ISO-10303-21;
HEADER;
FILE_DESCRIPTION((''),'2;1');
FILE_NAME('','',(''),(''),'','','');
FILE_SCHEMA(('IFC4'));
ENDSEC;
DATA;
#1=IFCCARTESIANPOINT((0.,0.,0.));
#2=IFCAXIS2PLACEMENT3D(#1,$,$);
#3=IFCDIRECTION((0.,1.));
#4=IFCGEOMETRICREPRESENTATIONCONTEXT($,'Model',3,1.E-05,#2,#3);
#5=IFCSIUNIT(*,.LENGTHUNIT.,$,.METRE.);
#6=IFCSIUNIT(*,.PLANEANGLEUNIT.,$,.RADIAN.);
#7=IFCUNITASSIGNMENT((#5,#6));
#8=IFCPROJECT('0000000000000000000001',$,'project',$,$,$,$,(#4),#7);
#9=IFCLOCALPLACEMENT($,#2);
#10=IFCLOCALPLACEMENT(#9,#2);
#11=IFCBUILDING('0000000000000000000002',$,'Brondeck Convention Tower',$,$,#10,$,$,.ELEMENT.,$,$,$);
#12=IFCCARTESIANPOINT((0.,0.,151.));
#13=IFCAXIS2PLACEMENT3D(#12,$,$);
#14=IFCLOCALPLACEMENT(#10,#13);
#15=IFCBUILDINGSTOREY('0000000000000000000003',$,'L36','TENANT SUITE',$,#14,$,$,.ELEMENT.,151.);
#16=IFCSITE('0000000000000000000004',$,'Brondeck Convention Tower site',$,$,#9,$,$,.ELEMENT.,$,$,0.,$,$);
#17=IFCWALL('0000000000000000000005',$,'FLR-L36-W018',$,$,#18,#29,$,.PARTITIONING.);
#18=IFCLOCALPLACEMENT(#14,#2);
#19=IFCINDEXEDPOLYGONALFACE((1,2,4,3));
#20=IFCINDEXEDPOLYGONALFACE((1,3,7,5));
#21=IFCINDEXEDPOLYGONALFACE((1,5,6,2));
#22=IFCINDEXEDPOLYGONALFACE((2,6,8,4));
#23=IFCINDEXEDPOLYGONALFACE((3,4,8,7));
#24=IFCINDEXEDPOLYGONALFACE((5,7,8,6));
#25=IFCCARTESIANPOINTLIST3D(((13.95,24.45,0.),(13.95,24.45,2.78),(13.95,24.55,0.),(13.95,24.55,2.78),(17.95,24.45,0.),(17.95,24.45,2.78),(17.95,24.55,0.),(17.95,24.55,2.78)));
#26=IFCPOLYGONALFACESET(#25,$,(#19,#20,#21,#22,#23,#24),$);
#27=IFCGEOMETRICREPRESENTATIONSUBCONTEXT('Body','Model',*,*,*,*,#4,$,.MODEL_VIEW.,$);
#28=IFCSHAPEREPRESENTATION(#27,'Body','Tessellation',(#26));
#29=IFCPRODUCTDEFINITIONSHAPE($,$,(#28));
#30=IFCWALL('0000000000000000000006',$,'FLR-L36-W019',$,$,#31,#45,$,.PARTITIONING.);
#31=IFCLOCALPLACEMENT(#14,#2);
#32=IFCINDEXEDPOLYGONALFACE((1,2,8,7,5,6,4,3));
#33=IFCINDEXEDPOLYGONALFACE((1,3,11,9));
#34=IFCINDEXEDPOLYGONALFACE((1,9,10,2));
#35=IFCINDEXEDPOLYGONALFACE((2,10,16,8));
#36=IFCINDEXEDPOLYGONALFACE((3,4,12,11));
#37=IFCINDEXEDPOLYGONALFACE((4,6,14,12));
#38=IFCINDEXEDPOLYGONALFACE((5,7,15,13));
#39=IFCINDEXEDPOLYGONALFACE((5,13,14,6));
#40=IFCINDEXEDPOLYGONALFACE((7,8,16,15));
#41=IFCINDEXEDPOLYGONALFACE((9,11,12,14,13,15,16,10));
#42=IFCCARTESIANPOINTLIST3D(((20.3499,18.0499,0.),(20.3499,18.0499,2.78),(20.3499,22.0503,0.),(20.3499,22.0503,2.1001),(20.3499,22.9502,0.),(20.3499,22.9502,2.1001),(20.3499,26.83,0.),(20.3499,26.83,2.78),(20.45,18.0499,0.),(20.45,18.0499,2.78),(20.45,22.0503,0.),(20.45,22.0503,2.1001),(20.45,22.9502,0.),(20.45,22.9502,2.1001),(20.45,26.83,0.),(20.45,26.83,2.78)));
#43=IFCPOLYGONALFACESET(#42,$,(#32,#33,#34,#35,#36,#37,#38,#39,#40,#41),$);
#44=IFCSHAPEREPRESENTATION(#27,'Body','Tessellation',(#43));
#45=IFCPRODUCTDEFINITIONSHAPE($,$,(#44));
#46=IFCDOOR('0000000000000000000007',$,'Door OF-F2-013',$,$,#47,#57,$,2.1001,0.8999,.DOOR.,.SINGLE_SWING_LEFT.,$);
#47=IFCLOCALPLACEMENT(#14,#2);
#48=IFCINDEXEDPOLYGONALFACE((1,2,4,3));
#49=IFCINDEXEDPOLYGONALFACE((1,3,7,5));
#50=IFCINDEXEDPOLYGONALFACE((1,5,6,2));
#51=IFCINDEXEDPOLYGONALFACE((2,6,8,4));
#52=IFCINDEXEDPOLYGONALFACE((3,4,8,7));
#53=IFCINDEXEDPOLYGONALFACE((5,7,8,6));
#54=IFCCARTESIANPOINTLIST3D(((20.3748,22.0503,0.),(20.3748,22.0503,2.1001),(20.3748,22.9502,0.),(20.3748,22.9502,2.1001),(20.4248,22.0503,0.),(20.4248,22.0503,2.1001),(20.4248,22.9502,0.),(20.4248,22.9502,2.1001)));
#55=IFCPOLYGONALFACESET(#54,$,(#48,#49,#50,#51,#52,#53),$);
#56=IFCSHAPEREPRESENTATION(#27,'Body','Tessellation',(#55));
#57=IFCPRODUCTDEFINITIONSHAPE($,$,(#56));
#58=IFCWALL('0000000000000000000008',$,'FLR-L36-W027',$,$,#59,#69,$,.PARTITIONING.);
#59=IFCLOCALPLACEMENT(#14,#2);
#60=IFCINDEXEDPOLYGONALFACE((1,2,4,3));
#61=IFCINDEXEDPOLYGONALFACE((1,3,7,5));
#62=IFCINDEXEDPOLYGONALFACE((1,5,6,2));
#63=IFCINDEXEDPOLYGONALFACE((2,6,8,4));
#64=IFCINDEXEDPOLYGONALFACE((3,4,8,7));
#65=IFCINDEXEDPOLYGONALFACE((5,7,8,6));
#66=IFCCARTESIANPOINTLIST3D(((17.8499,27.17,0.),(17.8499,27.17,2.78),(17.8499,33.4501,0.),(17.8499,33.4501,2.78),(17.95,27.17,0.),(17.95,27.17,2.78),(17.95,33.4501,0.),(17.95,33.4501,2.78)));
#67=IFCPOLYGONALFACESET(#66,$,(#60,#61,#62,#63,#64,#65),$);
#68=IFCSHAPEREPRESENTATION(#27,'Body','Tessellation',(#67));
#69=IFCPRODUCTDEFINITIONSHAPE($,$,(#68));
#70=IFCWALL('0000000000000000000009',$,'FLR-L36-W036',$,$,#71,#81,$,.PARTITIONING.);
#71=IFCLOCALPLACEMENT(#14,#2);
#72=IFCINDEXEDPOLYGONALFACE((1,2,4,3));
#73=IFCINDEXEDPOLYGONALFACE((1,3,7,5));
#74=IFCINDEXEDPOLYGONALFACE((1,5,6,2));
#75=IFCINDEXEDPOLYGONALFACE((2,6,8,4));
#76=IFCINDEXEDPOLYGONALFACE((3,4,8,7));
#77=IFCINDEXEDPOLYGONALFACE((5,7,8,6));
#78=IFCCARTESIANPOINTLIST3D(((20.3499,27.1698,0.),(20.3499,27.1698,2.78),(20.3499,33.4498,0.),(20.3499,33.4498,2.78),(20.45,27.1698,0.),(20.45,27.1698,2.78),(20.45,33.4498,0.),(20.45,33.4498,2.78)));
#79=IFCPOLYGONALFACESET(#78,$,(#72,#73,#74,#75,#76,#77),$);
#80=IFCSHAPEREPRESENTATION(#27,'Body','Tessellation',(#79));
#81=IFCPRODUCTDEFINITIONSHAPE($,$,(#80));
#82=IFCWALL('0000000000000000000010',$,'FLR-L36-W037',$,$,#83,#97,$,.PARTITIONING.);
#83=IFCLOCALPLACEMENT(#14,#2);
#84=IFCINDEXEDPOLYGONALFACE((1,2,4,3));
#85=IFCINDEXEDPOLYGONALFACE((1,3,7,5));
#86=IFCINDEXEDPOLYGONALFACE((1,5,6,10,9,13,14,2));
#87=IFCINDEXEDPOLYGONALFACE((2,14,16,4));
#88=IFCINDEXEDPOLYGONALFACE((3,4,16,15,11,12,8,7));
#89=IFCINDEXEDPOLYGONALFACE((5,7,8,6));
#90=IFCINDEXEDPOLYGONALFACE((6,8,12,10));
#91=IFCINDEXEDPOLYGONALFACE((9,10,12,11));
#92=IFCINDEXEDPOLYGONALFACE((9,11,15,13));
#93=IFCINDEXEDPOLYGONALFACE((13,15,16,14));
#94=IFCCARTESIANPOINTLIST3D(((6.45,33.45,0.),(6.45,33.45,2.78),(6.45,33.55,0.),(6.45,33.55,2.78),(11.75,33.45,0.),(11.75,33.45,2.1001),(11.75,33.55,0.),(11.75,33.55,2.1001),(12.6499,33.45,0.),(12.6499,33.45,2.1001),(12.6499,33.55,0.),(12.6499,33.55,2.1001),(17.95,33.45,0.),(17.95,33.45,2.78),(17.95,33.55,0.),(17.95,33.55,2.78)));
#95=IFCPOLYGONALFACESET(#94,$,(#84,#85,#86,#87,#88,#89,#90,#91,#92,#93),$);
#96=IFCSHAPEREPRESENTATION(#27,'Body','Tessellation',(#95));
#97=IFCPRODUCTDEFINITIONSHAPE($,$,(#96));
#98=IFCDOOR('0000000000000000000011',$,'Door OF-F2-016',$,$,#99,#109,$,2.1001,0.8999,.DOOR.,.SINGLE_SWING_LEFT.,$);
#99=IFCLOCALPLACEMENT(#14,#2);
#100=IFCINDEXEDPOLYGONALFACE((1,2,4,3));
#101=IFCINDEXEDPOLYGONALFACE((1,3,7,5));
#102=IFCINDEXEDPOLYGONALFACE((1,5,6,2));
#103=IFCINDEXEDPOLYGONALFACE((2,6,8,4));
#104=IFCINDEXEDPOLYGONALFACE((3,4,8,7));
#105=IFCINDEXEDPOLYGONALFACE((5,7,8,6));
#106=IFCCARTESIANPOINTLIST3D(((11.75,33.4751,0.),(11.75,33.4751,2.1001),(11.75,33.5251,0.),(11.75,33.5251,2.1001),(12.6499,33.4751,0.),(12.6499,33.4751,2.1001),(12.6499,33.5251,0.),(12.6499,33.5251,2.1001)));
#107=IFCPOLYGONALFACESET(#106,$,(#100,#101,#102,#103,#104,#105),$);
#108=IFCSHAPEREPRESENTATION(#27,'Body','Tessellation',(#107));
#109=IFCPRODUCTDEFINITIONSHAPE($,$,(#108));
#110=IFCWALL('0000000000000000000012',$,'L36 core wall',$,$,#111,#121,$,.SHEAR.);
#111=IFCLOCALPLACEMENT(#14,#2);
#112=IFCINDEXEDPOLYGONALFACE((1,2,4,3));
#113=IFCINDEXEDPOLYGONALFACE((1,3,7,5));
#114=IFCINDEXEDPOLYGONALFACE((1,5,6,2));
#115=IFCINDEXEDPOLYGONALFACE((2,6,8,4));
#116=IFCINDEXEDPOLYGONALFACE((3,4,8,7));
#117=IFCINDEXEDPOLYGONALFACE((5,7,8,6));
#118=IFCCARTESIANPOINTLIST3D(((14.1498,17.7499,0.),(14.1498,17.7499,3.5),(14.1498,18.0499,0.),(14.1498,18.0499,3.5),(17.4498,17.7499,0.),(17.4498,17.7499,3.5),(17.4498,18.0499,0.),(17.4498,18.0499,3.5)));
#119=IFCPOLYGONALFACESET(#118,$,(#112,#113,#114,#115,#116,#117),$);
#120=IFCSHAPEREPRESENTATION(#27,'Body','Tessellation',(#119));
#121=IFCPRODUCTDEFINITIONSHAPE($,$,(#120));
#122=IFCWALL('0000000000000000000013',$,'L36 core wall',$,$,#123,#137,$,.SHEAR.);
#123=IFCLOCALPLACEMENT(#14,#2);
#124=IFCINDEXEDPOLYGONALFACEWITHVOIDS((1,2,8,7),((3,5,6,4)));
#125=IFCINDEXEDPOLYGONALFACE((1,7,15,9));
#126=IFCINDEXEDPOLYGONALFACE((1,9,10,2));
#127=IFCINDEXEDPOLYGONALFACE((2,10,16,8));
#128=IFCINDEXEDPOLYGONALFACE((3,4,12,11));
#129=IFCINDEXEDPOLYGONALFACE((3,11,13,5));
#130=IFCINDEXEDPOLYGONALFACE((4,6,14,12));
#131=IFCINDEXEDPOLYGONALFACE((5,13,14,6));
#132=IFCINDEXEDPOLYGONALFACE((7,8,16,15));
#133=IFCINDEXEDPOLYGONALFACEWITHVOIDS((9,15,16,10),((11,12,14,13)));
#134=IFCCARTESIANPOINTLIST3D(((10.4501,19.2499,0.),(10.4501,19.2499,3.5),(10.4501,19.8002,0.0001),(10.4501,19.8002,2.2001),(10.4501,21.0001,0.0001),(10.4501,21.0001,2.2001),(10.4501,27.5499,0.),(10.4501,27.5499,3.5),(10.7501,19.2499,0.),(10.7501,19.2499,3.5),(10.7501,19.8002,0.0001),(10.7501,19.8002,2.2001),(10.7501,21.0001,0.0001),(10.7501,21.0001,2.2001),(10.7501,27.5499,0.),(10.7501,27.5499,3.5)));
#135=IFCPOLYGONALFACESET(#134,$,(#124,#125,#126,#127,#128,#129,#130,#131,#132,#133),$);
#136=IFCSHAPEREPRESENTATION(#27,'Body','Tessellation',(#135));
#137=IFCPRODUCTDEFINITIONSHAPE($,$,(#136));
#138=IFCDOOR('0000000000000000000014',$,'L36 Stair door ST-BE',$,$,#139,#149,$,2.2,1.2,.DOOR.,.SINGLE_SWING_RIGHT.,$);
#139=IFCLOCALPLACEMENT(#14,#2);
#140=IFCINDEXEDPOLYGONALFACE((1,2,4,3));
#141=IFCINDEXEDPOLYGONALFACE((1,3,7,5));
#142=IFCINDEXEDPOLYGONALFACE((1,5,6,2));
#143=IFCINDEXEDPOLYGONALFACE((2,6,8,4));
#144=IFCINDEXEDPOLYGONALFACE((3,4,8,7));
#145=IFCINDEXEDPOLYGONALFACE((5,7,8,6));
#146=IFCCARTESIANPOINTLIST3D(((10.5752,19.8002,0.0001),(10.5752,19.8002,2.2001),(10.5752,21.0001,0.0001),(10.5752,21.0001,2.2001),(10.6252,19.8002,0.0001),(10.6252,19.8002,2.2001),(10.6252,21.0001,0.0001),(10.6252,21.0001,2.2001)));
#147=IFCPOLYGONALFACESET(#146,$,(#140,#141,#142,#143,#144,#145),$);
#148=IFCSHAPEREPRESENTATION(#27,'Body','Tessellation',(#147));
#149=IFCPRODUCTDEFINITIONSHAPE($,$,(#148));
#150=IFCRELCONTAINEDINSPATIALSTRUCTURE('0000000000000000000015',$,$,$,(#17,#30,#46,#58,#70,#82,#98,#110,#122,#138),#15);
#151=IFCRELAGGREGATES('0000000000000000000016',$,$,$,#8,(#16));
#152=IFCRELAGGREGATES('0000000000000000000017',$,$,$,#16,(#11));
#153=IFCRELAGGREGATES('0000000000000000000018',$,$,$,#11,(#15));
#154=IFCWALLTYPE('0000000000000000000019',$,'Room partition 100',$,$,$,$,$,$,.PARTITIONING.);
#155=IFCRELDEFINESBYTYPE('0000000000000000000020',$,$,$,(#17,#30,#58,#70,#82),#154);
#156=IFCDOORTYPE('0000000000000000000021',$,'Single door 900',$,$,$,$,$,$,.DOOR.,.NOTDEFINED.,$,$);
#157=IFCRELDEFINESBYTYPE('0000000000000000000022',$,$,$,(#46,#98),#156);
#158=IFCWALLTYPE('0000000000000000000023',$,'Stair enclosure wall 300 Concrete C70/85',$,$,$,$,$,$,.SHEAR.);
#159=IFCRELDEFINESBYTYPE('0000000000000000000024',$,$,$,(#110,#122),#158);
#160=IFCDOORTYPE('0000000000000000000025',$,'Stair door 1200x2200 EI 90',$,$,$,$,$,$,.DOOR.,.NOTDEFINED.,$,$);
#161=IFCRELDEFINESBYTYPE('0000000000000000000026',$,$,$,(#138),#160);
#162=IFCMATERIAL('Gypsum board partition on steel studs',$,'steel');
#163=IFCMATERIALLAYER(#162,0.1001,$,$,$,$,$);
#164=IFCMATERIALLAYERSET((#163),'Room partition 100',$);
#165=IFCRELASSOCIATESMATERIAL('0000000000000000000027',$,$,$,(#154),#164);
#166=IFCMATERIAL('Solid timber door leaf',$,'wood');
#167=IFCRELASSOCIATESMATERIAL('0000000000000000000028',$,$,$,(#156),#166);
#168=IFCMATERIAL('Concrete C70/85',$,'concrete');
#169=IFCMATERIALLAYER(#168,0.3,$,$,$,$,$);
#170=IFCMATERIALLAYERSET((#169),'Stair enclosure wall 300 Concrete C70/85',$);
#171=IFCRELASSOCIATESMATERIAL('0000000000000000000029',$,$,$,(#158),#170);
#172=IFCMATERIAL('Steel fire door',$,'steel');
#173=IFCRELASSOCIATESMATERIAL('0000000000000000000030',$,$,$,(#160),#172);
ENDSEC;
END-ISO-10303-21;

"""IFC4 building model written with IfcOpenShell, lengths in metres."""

from ifc_helpers import new_model, si_unit, direction, frame, frame_2d, origin, place, context, subcontext, project, spatial, rectangle, extrude, material, layer, layer_set, type_object, element, fill, save


model = new_model("IFC4")

# Units and contexts
model_context = context("Model", 3, precision=1e-05, world=origin(), true_north=direction((0.0, 1.0)))
body_context = subcontext(model_context, "Body", "Model", "MODEL_VIEW")
ifc_project = project(units=[si_unit("LENGTHUNIT", "METRE"), si_unit("PLANEANGLEUNIT", "RADIAN")], contexts=[model_context])

# Site, building, storey
site_placement = place(None, origin())
site = spatial("IfcSite", under=ifc_project, at=site_placement, Name="Brondeck Convention Tower site", CompositionType="ELEMENT", RefElevation=0.0)
building_placement = place(site_placement, origin())
building = spatial("IfcBuilding", under=site, at=building_placement, Name="Brondeck Convention Tower", CompositionType="ELEMENT")
storey_placement = place(building_placement, frame((0.0, 0.0, 151.0)))
storey = spatial("IfcBuildingStorey", under=building, at=storey_placement, Name="L36", Description="TENANT SUITE", CompositionType="ELEMENT", Elevation=151.0)

# Shared definitions
ifc_material_1 = material(Name="Concrete C70/85", Category="concrete")

# Shared definitions
ifc_material_2 = material(Name="Gypsum board partition on steel studs", Category="steel")
ifc_layer_1 = layer(ifc_material_2, 0.1001)
ifc_layer_set_1 = layer_set([ifc_layer_1], Name="Room partition 100")
wall_type_1 = type_object("IfcWallType", Name="Room partition 100", PredefinedType="PARTITIONING", material=ifc_layer_set_1)

# Shared definitions
ifc_material_3 = material(Name="Solid timber door leaf", Category="wood")
door_type_1 = type_object("IfcDoorType", Name="Single door 900", OperationType="NOTDEFINED", PredefinedType="DOOR", material=ifc_material_3)

# Wall
wall_1_placement = place(storey_placement, frame((17.95, 24.5, 0.0), z_axis=(0.0, 0.0, 1.0), x_axis=(-1.0, 0.0, 0.0)))
element("IfcWall", 1, at=wall_1_placement, inside=storey, type_object=wall_type_1, Name="FLR-L36-W018", PredefinedType="PARTITIONING", context=body_context, shape_type="SweptSolid", body=[
    extrude(rectangle(XDim=4.0, YDim=0.1001, at=frame_2d((2.0, 0.0))), origin(), (0.0, 0.0, 1.0), 2.78),
])

# Wall, opening, door
wall_2_placement = place(storey_placement, frame((20.3999, 26.8301, 0.0), z_axis=(0.0, 0.0, 1.0), x_axis=(0.0, -1.0, 0.0)))
wall_2 = element("IfcWall", 2, at=wall_2_placement, inside=storey, type_object=wall_type_1, Name="FLR-L36-W019", PredefinedType="PARTITIONING", context=body_context, shape_type="SweptSolid", body=[
    extrude(rectangle(XDim=8.78, YDim=0.1001, at=frame_2d((4.3901, 0.0))), origin(), (0.0, 0.0, 1.0), 2.78),
])
opening_1_placement = place(wall_2_placement, frame((3.8799, 0.0, 0.0)))
opening_1 = element("IfcOpeningElement", 3, at=opening_1_placement, cuts=wall_2, PredefinedType="OPENING", context=body_context, shape_type="SweptSolid", body=[
    extrude(rectangle(XDim=0.8999, YDim=2.1001, at=frame_2d((0.45, 1.05))), frame((0.0, 0.0601, 0.0), z_axis=(0.0, -1.0, 0.0), x_axis=(1.0, 0.0, 0.0)), (0.0, 0.0, 1.0), 0.1201),
])
door_1_placement = place(opening_1_placement, origin())
door_1 = element("IfcDoor", 4, at=door_1_placement, inside=storey, type_object=door_type_1, Name="Door OF-F2-013", OperationType="SINGLE_SWING_LEFT", OverallHeight=2.1001, OverallWidth=0.8999, PredefinedType="DOOR", context=body_context, shape_type="SweptSolid", body=[
    extrude(rectangle(XDim=0.8999, YDim=2.1001, at=frame_2d((0.45, 1.05))), frame((0.0, 0.0249, 0.0), z_axis=(0.0, -1.0, 0.0), x_axis=(1.0, 0.0, 0.0)), (0.0, 0.0, 1.0), 0.05),
])
fill(opening_1, door_1)

# Walls
for number, where, z_axis, x_axis, name in (
    (5, (17.8999, 27.1699, 0.0), (0.0, 0.0, 1.0), (0.0, 1.0, 0.0), "FLR-L36-W027"),
    (6, (20.3999, 33.45, 0.0), (0.0, 0.0, 1.0), (0.0, -1.0, 0.0), "FLR-L36-W036"),
):
    element("IfcWall", number, at=place(storey_placement, frame(where, z_axis=z_axis, x_axis=x_axis)), inside=storey, type_object=wall_type_1, Name=name, PredefinedType="PARTITIONING", context=body_context, shape_type="SweptSolid", body=[
        extrude(rectangle(XDim=6.28, YDim=0.1001, at=frame_2d((3.1401, 0.0))), origin(), (0.0, 0.0, 1.0), 2.78),
    ])

# Wall, opening, door
wall_3_placement = place(storey_placement, frame((17.95, 33.5, 0.0), z_axis=(0.0, 0.0, 1.0), x_axis=(-1.0, 0.0, 0.0)))
wall_3 = element("IfcWall", 7, at=wall_3_placement, inside=storey, type_object=wall_type_1, Name="FLR-L36-W037", PredefinedType="PARTITIONING", context=body_context, shape_type="SweptSolid", body=[
    extrude(rectangle(XDim=11.5, YDim=0.1001, at=frame_2d((5.75, 0.0))), origin(), (0.0, 0.0, 1.0), 2.78),
])
opening_2_placement = place(wall_3_placement, frame((5.3, 0.0, 0.0)))
opening_2 = element("IfcOpeningElement", 8, at=opening_2_placement, cuts=wall_3, PredefinedType="OPENING", context=body_context, shape_type="SweptSolid", body=[
    extrude(rectangle(XDim=0.8999, YDim=2.1001, at=frame_2d((0.45, 1.05))), frame((0.0, 0.0601, 0.0), z_axis=(0.0, -1.0, 0.0), x_axis=(1.0, 0.0, 0.0)), (0.0, 0.0, 1.0), 0.1201),
])
door_2_placement = place(opening_2_placement, origin())
door_2 = element("IfcDoor", 9, at=door_2_placement, inside=storey, type_object=door_type_1, Name="Door OF-F2-016", OperationType="SINGLE_SWING_LEFT", OverallHeight=2.1001, OverallWidth=0.8999, PredefinedType="DOOR", context=body_context, shape_type="SweptSolid", body=[
    extrude(rectangle(XDim=0.8999, YDim=2.1001, at=frame_2d((0.45, 1.05))), frame((0.0, 0.0249, 0.0), z_axis=(0.0, -1.0, 0.0), x_axis=(1.0, 0.0, 0.0)), (0.0, 0.0, 1.0), 0.05),
])
fill(opening_2, door_2)

# Wall
ifc_layer_2 = layer(ifc_material_1, 0.3)
ifc_layer_set_2 = layer_set([ifc_layer_2], Name="Stair enclosure wall 300 Concrete C70/85")
wall_type_2 = type_object("IfcWallType", Name="Stair enclosure wall 300 Concrete C70/85", PredefinedType="SHEAR", material=ifc_layer_set_2)
wall_4_placement = place(storey_placement, frame((14.1499, 17.8999, 0.0), z_axis=(0.0, 0.0, 1.0), x_axis=(1.0, 0.0, 0.0)))
element("IfcWall", 10, at=wall_4_placement, inside=storey, type_object=wall_type_2, Name="L36 core wall", PredefinedType="SHEAR", context=body_context, shape_type="SweptSolid", body=[
    extrude(rectangle(XDim=3.3, YDim=0.3, at=frame_2d((1.6499, 0.0))), origin(), (0.0, 0.0, 1.0), 3.5),
])

# Wall, opening, door
wall_5_placement = place(storey_placement, frame((10.6001, 19.25, 0.0), z_axis=(0.0, 0.0, 1.0), x_axis=(0.0, 1.0, 0.0)))
wall_5 = element("IfcWall", 11, at=wall_5_placement, inside=storey, type_object=wall_type_2, Name="L36 core wall", PredefinedType="SHEAR", context=body_context, shape_type="SweptSolid", body=[
    extrude(rectangle(XDim=8.3, YDim=0.3, at=frame_2d((4.1499, 0.0))), origin(), (0.0, 0.0, 1.0), 3.5),
])
opening_3_placement = place(wall_5_placement, frame((0.55, 0.0, 0.0)))
opening_3 = element("IfcOpeningElement", 12, at=opening_3_placement, cuts=wall_5, PredefinedType="OPENING", context=body_context, shape_type="SweptSolid", body=[
    extrude(rectangle(XDim=1.2, YDim=2.2, at=frame_2d((0.6001, 1.1001))), frame((0.0, 0.1599, 0.0), z_axis=(0.0, -1.0, 0.0), x_axis=(1.0, 0.0, 0.0)), (0.0, 0.0, 1.0), 0.3201),
])
ifc_material_4 = material(Name="Steel fire door", Category="steel")
door_type_2 = type_object("IfcDoorType", Name="Stair door 1200x2200 EI 90", OperationType="NOTDEFINED", PredefinedType="DOOR", material=ifc_material_4)
door_3_placement = place(opening_3_placement, origin())
door_3 = element("IfcDoor", 13, at=door_3_placement, inside=storey, type_object=door_type_2, Name="L36 Stair door ST-BE", OperationType="SINGLE_SWING_RIGHT", OverallHeight=2.2, OverallWidth=1.2, PredefinedType="DOOR", context=body_context, shape_type="SweptSolid", body=[
    extrude(rectangle(XDim=1.2, YDim=2.2, at=frame_2d((0.6001, 1.1001))), frame((0.0, 0.0249, 0.0), z_axis=(0.0, -1.0, 0.0), x_axis=(1.0, 0.0, 0.0)), (0.0, 0.0, 1.0), 0.05),
])
fill(opening_3, door_3)

save(model, "model.ifc")
